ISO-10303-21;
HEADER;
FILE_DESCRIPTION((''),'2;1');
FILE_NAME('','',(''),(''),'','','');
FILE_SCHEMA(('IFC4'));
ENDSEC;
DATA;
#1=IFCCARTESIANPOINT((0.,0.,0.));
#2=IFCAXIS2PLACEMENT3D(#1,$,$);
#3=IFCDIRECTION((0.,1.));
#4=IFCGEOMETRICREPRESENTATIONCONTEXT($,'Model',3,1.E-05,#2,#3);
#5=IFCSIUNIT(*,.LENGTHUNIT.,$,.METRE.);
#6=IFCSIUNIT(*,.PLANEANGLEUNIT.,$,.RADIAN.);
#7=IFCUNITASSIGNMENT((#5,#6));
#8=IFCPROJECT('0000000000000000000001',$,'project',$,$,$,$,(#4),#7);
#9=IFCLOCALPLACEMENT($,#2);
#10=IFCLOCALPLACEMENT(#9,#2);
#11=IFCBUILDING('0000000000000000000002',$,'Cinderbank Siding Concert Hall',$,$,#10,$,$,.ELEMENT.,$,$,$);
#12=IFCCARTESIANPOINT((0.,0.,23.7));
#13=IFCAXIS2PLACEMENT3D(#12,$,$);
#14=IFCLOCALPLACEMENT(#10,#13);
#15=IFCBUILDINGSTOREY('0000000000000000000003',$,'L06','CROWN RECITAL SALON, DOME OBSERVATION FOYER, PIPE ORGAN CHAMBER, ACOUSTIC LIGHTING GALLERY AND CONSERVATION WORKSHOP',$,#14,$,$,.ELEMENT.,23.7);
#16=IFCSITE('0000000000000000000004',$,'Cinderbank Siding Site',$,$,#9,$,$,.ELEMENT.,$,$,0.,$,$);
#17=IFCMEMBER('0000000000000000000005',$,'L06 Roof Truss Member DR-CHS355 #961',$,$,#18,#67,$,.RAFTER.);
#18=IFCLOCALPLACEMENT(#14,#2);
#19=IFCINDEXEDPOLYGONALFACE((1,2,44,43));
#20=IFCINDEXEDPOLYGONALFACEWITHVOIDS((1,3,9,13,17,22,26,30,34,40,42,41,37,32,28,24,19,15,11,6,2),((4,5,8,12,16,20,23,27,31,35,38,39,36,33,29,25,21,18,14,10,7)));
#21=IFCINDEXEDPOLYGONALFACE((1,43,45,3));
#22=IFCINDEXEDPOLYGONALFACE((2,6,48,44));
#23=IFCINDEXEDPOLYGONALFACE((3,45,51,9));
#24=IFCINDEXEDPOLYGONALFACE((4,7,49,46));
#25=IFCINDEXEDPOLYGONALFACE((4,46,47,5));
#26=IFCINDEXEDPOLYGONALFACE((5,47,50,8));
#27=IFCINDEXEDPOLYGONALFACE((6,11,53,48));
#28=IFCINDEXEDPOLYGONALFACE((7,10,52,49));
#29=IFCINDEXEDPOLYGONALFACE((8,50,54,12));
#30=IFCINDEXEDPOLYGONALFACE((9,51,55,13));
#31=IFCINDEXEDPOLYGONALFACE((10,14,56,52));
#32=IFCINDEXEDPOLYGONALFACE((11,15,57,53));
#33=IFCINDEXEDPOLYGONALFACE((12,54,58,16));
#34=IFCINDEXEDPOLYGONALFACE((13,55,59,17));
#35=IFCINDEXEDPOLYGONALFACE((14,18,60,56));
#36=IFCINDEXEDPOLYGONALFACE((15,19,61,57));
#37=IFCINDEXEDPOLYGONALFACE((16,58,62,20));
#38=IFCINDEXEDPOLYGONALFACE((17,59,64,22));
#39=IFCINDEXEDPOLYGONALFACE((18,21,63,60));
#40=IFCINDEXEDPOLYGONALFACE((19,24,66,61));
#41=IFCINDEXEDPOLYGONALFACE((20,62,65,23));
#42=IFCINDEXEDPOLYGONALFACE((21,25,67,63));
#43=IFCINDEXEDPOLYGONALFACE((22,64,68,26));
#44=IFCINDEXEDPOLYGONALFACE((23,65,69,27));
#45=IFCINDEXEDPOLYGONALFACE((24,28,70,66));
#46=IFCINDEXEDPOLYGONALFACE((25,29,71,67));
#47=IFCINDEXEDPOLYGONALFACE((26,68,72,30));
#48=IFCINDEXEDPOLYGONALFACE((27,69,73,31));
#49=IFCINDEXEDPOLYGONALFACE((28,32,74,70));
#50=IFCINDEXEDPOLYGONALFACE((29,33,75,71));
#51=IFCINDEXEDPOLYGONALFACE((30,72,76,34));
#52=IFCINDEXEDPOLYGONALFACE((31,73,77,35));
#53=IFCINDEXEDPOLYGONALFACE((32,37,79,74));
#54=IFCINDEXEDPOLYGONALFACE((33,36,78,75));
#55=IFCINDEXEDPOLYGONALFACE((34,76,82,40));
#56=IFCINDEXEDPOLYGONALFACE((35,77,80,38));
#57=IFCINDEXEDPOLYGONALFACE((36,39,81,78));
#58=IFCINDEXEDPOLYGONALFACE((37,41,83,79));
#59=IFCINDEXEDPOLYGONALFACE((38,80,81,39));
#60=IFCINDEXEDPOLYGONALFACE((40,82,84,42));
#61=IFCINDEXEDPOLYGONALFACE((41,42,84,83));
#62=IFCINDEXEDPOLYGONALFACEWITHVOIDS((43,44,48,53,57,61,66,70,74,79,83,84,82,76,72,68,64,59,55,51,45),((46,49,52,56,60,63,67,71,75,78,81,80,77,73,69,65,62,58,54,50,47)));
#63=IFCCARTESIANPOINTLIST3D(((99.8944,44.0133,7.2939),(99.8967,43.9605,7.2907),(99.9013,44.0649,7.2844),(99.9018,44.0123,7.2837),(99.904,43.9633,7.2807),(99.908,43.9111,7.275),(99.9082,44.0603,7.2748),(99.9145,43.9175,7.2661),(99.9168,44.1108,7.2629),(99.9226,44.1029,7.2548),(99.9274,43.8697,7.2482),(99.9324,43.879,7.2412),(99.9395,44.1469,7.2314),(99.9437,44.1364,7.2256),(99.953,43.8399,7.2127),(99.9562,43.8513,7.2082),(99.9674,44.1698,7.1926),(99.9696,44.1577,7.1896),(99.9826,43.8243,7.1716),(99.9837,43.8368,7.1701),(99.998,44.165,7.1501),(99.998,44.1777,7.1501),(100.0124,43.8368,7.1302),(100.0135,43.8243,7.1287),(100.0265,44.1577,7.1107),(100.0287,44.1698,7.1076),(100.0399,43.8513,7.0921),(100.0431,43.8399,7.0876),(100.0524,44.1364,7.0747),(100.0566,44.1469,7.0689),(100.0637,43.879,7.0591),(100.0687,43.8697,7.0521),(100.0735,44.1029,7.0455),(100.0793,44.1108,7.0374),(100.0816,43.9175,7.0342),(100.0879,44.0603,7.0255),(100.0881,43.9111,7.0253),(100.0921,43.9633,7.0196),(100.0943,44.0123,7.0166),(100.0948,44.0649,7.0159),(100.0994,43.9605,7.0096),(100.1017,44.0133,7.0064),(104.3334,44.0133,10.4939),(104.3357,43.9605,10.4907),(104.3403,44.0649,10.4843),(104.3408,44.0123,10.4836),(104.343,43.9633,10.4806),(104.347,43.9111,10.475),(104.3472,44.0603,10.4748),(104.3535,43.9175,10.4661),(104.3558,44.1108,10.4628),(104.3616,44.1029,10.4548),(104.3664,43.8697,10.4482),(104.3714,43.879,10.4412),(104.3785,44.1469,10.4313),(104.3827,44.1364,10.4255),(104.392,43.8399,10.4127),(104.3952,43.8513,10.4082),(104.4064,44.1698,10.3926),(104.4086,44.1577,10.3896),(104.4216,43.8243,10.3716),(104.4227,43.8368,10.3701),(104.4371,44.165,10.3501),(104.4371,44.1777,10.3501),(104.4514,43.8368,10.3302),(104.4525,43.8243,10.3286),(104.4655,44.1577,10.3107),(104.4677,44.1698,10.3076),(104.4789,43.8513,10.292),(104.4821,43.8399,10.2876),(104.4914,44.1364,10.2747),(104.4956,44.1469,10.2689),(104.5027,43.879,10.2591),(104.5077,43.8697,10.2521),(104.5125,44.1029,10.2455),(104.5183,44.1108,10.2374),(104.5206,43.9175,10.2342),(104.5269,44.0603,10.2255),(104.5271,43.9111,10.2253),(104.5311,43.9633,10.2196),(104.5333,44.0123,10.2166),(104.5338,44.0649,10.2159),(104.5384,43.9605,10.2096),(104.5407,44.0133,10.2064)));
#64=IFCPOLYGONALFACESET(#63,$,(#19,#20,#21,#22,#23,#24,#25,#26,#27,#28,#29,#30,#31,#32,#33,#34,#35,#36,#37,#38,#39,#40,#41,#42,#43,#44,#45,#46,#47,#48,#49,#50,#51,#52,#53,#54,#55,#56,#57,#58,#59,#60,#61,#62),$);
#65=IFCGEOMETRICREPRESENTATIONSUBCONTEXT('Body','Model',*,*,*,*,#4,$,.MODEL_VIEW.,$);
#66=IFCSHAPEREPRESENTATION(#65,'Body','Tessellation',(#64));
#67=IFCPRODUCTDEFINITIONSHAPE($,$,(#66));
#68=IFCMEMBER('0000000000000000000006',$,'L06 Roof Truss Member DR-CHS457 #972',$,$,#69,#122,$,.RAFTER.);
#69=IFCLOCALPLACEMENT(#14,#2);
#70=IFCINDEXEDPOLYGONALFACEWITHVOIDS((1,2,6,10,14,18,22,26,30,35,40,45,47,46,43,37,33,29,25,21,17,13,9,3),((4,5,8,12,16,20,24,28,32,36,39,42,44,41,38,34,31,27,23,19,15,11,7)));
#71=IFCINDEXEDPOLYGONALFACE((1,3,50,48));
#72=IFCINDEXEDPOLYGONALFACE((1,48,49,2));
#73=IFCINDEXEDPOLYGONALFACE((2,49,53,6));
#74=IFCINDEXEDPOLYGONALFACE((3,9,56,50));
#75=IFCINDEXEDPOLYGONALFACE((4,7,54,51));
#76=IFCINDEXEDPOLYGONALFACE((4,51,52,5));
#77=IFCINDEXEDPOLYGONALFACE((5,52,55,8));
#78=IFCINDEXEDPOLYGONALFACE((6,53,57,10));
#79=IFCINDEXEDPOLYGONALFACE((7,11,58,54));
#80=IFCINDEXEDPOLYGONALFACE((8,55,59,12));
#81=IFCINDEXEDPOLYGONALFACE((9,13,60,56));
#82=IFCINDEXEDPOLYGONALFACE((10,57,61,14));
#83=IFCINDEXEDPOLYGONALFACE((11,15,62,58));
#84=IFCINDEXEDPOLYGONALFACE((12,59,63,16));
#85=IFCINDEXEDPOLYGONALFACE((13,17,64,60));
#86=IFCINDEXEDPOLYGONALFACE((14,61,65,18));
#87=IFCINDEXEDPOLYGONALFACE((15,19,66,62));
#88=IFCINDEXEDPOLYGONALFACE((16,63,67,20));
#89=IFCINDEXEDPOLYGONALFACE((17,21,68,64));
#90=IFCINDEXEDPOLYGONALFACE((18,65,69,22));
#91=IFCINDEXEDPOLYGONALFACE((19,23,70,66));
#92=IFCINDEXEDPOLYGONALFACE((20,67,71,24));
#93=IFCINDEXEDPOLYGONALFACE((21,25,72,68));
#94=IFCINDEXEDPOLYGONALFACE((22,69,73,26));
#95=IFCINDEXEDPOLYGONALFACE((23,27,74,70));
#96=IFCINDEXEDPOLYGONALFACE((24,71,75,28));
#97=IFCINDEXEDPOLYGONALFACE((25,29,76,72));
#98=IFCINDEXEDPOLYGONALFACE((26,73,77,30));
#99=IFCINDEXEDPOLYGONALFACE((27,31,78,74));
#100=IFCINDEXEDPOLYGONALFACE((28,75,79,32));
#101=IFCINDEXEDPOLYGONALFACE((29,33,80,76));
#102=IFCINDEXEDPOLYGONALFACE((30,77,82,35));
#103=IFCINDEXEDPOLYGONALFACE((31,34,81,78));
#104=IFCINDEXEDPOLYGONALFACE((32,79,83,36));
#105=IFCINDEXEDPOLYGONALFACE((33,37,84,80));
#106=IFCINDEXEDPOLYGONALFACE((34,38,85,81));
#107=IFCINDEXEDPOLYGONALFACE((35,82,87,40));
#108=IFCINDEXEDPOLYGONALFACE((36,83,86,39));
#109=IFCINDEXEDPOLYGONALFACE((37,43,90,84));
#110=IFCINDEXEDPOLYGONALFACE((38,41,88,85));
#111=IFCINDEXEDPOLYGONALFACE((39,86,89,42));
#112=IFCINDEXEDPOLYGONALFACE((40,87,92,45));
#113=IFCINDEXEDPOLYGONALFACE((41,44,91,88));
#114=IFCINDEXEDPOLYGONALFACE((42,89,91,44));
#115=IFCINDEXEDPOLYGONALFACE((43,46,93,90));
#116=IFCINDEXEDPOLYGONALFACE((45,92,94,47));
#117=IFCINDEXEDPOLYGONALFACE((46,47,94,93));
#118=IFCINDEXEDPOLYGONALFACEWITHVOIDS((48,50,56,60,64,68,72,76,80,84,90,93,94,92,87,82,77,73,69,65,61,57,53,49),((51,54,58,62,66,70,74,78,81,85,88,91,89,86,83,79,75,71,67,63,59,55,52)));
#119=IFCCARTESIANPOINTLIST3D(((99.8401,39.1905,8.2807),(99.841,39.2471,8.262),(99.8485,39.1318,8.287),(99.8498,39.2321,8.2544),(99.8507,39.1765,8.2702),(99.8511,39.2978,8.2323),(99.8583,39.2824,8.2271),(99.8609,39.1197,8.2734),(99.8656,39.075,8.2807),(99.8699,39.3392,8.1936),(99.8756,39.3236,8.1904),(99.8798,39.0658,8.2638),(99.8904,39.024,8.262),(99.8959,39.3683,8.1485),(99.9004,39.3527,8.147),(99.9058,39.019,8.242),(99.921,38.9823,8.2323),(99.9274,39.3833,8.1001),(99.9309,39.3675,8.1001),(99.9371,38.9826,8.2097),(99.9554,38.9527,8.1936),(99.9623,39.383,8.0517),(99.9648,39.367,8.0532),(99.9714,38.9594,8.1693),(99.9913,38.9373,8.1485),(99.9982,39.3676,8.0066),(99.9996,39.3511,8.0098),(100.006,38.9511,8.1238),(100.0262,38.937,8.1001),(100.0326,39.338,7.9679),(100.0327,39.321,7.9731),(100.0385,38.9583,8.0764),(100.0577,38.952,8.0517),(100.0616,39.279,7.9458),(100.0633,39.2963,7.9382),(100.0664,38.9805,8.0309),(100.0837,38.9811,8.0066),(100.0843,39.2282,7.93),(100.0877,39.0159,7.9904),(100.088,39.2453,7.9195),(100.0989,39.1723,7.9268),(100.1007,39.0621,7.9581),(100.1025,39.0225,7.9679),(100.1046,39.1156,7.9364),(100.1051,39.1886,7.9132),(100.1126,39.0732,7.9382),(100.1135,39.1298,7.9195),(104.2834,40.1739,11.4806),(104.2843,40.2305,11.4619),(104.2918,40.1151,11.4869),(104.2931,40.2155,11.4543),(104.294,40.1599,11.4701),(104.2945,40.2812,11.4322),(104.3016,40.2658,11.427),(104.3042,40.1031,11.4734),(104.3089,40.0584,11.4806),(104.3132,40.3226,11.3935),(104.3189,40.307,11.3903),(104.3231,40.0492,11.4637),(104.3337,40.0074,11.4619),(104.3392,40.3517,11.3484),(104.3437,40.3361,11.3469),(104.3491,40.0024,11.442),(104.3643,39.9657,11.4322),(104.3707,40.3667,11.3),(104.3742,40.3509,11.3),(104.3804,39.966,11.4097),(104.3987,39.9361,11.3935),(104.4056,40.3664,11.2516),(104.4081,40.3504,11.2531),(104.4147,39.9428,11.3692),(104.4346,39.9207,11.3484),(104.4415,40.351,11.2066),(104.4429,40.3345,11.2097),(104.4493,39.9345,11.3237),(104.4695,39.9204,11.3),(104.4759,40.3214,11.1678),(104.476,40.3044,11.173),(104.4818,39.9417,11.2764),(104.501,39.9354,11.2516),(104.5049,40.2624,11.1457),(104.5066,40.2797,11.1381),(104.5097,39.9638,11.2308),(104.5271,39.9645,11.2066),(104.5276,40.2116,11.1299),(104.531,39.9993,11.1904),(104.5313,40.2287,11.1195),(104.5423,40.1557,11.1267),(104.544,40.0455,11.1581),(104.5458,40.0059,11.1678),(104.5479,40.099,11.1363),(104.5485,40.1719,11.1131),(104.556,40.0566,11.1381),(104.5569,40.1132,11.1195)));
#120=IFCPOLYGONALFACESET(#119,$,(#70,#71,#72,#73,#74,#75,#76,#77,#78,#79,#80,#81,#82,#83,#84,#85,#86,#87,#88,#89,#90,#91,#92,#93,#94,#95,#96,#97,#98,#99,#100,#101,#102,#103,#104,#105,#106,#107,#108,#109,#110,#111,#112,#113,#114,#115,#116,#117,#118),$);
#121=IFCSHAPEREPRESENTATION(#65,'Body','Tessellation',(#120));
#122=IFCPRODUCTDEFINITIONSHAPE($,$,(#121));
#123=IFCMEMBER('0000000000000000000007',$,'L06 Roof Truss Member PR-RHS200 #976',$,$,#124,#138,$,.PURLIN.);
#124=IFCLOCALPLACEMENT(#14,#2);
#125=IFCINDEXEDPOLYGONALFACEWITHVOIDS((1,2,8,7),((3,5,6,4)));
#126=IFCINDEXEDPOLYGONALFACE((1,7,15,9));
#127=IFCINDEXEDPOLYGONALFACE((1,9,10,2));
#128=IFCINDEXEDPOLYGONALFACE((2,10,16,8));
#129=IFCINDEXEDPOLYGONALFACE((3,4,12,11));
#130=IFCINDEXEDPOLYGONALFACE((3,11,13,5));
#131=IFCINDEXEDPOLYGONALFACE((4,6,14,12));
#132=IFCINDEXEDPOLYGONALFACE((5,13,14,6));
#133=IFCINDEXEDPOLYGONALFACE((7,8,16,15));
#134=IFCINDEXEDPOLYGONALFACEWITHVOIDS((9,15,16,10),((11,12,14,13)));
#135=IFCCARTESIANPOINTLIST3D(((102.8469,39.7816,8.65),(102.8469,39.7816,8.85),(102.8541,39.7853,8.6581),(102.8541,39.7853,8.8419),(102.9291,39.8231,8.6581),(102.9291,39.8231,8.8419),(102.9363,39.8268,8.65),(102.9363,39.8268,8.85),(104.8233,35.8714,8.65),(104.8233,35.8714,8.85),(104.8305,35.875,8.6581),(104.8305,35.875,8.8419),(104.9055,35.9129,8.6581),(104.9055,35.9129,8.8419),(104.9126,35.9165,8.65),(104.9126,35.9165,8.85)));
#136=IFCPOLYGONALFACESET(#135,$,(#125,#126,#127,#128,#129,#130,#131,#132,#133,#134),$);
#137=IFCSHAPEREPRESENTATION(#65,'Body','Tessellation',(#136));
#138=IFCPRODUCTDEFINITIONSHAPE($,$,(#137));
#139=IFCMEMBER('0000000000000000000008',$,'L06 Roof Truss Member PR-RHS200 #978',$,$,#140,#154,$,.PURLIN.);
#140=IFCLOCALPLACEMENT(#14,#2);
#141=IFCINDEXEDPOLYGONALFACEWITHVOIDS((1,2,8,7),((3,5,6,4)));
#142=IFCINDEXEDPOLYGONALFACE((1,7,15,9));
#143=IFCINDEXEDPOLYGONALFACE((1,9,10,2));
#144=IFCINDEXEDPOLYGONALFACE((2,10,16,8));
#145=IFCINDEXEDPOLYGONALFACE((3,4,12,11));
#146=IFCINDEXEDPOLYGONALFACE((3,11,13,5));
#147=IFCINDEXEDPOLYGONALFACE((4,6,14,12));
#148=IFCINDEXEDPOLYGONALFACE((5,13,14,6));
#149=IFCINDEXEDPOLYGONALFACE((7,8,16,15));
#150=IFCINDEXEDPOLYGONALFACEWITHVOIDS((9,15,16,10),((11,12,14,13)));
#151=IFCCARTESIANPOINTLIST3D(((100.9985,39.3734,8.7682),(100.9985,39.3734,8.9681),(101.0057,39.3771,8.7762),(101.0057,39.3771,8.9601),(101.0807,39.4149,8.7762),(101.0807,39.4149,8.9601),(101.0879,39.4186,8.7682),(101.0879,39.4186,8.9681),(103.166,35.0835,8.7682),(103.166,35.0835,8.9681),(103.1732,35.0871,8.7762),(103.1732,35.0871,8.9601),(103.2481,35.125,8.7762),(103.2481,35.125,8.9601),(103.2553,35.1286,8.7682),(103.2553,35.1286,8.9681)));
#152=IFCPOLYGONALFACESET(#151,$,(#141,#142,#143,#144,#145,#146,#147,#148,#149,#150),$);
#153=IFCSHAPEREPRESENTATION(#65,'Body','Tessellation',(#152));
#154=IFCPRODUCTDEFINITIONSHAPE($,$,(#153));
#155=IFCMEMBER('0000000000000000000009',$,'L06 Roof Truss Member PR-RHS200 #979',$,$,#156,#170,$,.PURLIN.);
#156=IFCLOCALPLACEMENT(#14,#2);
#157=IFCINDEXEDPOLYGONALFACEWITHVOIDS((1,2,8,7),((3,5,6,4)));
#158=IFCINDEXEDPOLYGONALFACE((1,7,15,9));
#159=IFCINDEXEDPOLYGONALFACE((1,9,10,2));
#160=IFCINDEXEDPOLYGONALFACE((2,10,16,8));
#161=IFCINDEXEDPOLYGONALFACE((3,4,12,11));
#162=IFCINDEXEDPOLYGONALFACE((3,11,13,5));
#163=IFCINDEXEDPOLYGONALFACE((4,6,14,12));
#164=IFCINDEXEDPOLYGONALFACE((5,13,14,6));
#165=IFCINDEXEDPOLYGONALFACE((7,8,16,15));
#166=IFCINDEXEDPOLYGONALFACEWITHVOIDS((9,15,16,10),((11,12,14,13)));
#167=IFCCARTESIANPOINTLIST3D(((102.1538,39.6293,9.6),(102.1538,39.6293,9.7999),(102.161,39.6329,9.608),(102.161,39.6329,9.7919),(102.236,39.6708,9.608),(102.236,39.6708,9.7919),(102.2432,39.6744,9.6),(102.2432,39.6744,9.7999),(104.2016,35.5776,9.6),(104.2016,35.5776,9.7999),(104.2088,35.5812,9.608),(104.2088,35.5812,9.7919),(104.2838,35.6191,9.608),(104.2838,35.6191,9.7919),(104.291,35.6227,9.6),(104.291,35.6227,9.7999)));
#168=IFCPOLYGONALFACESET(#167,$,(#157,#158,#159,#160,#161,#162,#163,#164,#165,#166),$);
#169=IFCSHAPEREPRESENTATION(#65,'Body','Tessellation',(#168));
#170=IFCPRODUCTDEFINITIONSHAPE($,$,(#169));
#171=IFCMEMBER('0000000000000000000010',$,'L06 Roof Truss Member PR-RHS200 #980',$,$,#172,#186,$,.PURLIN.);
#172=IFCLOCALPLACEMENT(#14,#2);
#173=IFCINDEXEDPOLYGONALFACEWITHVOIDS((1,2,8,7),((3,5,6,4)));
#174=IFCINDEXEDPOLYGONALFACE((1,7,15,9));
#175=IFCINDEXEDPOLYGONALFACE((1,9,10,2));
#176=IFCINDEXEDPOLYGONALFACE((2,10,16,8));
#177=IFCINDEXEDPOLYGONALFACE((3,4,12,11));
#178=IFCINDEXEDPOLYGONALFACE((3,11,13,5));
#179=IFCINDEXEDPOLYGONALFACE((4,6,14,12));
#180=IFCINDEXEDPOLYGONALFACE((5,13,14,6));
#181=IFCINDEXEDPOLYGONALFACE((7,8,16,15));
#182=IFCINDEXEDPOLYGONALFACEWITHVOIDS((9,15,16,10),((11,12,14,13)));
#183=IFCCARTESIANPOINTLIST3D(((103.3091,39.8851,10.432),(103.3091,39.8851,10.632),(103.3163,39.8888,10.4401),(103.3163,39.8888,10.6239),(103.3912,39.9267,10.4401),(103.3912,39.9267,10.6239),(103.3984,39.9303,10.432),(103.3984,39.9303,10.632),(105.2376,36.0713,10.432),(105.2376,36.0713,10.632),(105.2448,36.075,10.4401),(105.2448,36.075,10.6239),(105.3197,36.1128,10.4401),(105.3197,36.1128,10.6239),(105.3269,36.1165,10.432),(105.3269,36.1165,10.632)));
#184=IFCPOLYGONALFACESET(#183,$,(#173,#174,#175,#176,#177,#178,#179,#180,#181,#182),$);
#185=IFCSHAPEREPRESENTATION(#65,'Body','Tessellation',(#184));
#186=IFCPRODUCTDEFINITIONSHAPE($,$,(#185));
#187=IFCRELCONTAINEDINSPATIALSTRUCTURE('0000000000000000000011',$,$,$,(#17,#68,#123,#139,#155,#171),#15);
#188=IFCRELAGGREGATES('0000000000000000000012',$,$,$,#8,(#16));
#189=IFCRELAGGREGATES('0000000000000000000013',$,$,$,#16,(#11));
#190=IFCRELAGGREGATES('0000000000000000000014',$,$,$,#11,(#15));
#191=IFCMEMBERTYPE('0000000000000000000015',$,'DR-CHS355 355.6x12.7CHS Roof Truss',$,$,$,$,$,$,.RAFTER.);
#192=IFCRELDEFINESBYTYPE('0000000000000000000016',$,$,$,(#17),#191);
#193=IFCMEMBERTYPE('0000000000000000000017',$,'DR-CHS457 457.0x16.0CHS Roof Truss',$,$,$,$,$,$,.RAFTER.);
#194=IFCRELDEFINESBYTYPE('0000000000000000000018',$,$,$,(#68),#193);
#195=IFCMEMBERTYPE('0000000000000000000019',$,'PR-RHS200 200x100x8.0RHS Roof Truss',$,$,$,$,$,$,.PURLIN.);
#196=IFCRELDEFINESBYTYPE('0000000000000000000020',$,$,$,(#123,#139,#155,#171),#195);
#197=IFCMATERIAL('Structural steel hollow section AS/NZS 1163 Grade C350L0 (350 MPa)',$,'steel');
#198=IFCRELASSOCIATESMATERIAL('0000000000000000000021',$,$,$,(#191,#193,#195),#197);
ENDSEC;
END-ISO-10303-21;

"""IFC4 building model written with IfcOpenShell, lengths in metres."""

from ifc_helpers import new_model, si_unit, direction, frame, origin, origin_2d, place, context, subcontext, project, spatial, hollow_rectangle, hollow_circle, extrude, material, material_profile, profile_set, type_object, element, save


model = new_model("IFC4")

# Units and contexts
model_context = context("Model", 3, precision=1e-05, world=origin(), true_north=direction((0.0, 1.0)))
body_context = subcontext(model_context, "Body", "Model", "MODEL_VIEW")
ifc_project = project(units=[si_unit("LENGTHUNIT", "METRE"), si_unit("PLANEANGLEUNIT", "RADIAN")], contexts=[model_context])

# Site, building, storey
site_placement = place(None, origin())
site = spatial("IfcSite", under=ifc_project, at=site_placement, Name="Cinderbank Siding Site", CompositionType="ELEMENT", RefElevation=0.0)
building_placement = place(site_placement, origin())
building = spatial("IfcBuilding", under=site, at=building_placement, Name="Cinderbank Siding Concert Hall", CompositionType="ELEMENT")
storey_placement = place(building_placement, frame((0.0, 0.0, 23.7)))
storey = spatial("IfcBuildingStorey", under=building, at=storey_placement, Name="L06", Description="CROWN RECITAL SALON, DOME OBSERVATION FOYER, PIPE ORGAN CHAMBER, ACOUSTIC LIGHTING GALLERY AND CONSERVATION WORKSHOP", CompositionType="ELEMENT", Elevation=23.7)

# Members
ifc_material_1 = material(Name="Structural steel hollow section AS/NZS 1163 Grade C350L0 (350 MPa)", Category="steel")
ifc_material_profile_1 = material_profile(ifc_material_1, hollow_circle(Radius=0.1777, WallThickness=0.0127, at=origin_2d()), Name="355.6x12.7CHS", Category="LoadBearing")
ifc_profile_set_1 = profile_set([ifc_material_profile_1], Name="Structural steel hollow section AS/NZS 1163 Grade C350L0 (350 MPa)")
member_type_1 = type_object("IfcMemberType", Name="DR-CHS355 355.6x12.7CHS Roof Truss", PredefinedType="RAFTER", material=ifc_profile_set_1)
member_1_placement = place(storey_placement, frame((99.998, 44.0, 7.1501), z_axis=(0.811197, 0.0, 0.584774), x_axis=(0.0, 1.0, 0.0)))
element("IfcMember", 1, at=member_1_placement, inside=storey, type_object=member_type_1, Name="L06 Roof Truss Member DR-CHS355 #961", PredefinedType="RAFTER", context=body_context, shape_type="SweptSolid", body=[
    extrude(hollow_circle(Radius=0.1777, WallThickness=0.0127, at=origin_2d()), origin(), (0.0, 0.0, 1.0), 5.4722),
])
ifc_material_profile_2 = material_profile(ifc_material_1, hollow_circle(Radius=0.2285, WallThickness=0.0161, at=origin_2d()), Name="457.0x16.0CHS", Category="LoadBearing")
ifc_profile_set_2 = profile_set([ifc_material_profile_2], Name="Structural steel hollow section AS/NZS 1163 Grade C350L0 (350 MPa)")
member_type_2 = type_object("IfcMemberType", Name="DR-CHS457 457.0x16.0CHS Roof Truss", PredefinedType="RAFTER", material=ifc_profile_set_2)
member_2_placement = place(storey_placement, frame((99.9768, 39.1602, 8.1001), z_axis=(0.798693, 0.176766, 0.57519), x_axis=(-0.21609, 0.976374, 0.0)))
element("IfcMember", 2, at=member_2_placement, inside=storey, type_object=member_type_2, Name="L06 Roof Truss Member DR-CHS457 #972", PredefinedType="RAFTER", context=body_context, shape_type="SweptSolid", body=[
    extrude(hollow_circle(Radius=0.2285, WallThickness=0.0161, at=origin_2d()), origin(), (0.0, 0.0, 1.0), 5.5632),
])
ifc_material_profile_3 = material_profile(ifc_material_1, hollow_rectangle(XDim=0.1001, YDim=0.2, WallThickness=0.0081, at=origin_2d()), Name="200x100x8.0RHS", Category="LoadBearing")
ifc_profile_set_3 = profile_set([ifc_material_profile_3], Name="Structural steel hollow section AS/NZS 1163 Grade C350L0 (350 MPa)")
member_type_3 = type_object("IfcMemberType", Name="PR-RHS200 200x100x8.0RHS Roof Truss", PredefinedType="PURLIN", material=ifc_profile_set_3)
member_3_placement = place(storey_placement, frame((102.8916, 39.8042, 8.75), z_axis=(0.451088, -0.89248, 0.0), x_axis=(0.89248, 0.451088, 0.0)))
element("IfcMember", 3, at=member_3_placement, inside=storey, type_object=member_type_3, Name="L06 Roof Truss Member PR-RHS200 #976", PredefinedType="PURLIN", context=body_context, shape_type="SweptSolid", body=[
    extrude(hollow_rectangle(XDim=0.1001, YDim=0.2, WallThickness=0.0081, at=origin_2d()), origin(), (0.0, 0.0, 1.0), 4.3813),
])
member_4_placement = place(storey_placement, frame((101.0432, 39.396, 8.8682), z_axis=(0.450948, -0.89255, 0.0), x_axis=(0.89255, 0.450948, 0.0)))
element("IfcMember", 4, at=member_4_placement, inside=storey, type_object=member_type_3, Name="L06 Roof Truss Member PR-RHS200 #978", PredefinedType="PURLIN", context=body_context, shape_type="SweptSolid", body=[
    extrude(hollow_rectangle(XDim=0.1001, YDim=0.2, WallThickness=0.0081, at=origin_2d()), origin(), (0.0, 0.0, 1.0), 4.8064),
])
member_5_placement = place(storey_placement, frame((102.1985, 39.6519, 9.7), z_axis=(0.451081, -0.892483, 0.0), x_axis=(0.892483, 0.451081, 0.0)))
element("IfcMember", 5, at=member_5_placement, inside=storey, type_object=member_type_3, Name="L06 Roof Truss Member PR-RHS200 #979", PredefinedType="PURLIN", context=body_context, shape_type="SweptSolid", body=[
    extrude(hollow_rectangle(XDim=0.1001, YDim=0.2, WallThickness=0.0081, at=origin_2d()), origin(), (0.0, 0.0, 1.0), 4.5398),
])
member_6_placement = place(storey_placement, frame((103.3538, 39.9077, 10.532), z_axis=(0.451254, -0.892396, 0.0), x_axis=(0.892396, 0.451254, 0.0)))
element("IfcMember", 6, at=member_6_placement, inside=storey, type_object=member_type_3, Name="L06 Roof Truss Member PR-RHS200 #980", PredefinedType="PURLIN", context=body_context, shape_type="SweptSolid", body=[
    extrude(hollow_rectangle(XDim=0.1001, YDim=0.2, WallThickness=0.0081, at=origin_2d()), origin(), (0.0, 0.0, 1.0), 4.2737),
])

save(model, "model.ifc")
